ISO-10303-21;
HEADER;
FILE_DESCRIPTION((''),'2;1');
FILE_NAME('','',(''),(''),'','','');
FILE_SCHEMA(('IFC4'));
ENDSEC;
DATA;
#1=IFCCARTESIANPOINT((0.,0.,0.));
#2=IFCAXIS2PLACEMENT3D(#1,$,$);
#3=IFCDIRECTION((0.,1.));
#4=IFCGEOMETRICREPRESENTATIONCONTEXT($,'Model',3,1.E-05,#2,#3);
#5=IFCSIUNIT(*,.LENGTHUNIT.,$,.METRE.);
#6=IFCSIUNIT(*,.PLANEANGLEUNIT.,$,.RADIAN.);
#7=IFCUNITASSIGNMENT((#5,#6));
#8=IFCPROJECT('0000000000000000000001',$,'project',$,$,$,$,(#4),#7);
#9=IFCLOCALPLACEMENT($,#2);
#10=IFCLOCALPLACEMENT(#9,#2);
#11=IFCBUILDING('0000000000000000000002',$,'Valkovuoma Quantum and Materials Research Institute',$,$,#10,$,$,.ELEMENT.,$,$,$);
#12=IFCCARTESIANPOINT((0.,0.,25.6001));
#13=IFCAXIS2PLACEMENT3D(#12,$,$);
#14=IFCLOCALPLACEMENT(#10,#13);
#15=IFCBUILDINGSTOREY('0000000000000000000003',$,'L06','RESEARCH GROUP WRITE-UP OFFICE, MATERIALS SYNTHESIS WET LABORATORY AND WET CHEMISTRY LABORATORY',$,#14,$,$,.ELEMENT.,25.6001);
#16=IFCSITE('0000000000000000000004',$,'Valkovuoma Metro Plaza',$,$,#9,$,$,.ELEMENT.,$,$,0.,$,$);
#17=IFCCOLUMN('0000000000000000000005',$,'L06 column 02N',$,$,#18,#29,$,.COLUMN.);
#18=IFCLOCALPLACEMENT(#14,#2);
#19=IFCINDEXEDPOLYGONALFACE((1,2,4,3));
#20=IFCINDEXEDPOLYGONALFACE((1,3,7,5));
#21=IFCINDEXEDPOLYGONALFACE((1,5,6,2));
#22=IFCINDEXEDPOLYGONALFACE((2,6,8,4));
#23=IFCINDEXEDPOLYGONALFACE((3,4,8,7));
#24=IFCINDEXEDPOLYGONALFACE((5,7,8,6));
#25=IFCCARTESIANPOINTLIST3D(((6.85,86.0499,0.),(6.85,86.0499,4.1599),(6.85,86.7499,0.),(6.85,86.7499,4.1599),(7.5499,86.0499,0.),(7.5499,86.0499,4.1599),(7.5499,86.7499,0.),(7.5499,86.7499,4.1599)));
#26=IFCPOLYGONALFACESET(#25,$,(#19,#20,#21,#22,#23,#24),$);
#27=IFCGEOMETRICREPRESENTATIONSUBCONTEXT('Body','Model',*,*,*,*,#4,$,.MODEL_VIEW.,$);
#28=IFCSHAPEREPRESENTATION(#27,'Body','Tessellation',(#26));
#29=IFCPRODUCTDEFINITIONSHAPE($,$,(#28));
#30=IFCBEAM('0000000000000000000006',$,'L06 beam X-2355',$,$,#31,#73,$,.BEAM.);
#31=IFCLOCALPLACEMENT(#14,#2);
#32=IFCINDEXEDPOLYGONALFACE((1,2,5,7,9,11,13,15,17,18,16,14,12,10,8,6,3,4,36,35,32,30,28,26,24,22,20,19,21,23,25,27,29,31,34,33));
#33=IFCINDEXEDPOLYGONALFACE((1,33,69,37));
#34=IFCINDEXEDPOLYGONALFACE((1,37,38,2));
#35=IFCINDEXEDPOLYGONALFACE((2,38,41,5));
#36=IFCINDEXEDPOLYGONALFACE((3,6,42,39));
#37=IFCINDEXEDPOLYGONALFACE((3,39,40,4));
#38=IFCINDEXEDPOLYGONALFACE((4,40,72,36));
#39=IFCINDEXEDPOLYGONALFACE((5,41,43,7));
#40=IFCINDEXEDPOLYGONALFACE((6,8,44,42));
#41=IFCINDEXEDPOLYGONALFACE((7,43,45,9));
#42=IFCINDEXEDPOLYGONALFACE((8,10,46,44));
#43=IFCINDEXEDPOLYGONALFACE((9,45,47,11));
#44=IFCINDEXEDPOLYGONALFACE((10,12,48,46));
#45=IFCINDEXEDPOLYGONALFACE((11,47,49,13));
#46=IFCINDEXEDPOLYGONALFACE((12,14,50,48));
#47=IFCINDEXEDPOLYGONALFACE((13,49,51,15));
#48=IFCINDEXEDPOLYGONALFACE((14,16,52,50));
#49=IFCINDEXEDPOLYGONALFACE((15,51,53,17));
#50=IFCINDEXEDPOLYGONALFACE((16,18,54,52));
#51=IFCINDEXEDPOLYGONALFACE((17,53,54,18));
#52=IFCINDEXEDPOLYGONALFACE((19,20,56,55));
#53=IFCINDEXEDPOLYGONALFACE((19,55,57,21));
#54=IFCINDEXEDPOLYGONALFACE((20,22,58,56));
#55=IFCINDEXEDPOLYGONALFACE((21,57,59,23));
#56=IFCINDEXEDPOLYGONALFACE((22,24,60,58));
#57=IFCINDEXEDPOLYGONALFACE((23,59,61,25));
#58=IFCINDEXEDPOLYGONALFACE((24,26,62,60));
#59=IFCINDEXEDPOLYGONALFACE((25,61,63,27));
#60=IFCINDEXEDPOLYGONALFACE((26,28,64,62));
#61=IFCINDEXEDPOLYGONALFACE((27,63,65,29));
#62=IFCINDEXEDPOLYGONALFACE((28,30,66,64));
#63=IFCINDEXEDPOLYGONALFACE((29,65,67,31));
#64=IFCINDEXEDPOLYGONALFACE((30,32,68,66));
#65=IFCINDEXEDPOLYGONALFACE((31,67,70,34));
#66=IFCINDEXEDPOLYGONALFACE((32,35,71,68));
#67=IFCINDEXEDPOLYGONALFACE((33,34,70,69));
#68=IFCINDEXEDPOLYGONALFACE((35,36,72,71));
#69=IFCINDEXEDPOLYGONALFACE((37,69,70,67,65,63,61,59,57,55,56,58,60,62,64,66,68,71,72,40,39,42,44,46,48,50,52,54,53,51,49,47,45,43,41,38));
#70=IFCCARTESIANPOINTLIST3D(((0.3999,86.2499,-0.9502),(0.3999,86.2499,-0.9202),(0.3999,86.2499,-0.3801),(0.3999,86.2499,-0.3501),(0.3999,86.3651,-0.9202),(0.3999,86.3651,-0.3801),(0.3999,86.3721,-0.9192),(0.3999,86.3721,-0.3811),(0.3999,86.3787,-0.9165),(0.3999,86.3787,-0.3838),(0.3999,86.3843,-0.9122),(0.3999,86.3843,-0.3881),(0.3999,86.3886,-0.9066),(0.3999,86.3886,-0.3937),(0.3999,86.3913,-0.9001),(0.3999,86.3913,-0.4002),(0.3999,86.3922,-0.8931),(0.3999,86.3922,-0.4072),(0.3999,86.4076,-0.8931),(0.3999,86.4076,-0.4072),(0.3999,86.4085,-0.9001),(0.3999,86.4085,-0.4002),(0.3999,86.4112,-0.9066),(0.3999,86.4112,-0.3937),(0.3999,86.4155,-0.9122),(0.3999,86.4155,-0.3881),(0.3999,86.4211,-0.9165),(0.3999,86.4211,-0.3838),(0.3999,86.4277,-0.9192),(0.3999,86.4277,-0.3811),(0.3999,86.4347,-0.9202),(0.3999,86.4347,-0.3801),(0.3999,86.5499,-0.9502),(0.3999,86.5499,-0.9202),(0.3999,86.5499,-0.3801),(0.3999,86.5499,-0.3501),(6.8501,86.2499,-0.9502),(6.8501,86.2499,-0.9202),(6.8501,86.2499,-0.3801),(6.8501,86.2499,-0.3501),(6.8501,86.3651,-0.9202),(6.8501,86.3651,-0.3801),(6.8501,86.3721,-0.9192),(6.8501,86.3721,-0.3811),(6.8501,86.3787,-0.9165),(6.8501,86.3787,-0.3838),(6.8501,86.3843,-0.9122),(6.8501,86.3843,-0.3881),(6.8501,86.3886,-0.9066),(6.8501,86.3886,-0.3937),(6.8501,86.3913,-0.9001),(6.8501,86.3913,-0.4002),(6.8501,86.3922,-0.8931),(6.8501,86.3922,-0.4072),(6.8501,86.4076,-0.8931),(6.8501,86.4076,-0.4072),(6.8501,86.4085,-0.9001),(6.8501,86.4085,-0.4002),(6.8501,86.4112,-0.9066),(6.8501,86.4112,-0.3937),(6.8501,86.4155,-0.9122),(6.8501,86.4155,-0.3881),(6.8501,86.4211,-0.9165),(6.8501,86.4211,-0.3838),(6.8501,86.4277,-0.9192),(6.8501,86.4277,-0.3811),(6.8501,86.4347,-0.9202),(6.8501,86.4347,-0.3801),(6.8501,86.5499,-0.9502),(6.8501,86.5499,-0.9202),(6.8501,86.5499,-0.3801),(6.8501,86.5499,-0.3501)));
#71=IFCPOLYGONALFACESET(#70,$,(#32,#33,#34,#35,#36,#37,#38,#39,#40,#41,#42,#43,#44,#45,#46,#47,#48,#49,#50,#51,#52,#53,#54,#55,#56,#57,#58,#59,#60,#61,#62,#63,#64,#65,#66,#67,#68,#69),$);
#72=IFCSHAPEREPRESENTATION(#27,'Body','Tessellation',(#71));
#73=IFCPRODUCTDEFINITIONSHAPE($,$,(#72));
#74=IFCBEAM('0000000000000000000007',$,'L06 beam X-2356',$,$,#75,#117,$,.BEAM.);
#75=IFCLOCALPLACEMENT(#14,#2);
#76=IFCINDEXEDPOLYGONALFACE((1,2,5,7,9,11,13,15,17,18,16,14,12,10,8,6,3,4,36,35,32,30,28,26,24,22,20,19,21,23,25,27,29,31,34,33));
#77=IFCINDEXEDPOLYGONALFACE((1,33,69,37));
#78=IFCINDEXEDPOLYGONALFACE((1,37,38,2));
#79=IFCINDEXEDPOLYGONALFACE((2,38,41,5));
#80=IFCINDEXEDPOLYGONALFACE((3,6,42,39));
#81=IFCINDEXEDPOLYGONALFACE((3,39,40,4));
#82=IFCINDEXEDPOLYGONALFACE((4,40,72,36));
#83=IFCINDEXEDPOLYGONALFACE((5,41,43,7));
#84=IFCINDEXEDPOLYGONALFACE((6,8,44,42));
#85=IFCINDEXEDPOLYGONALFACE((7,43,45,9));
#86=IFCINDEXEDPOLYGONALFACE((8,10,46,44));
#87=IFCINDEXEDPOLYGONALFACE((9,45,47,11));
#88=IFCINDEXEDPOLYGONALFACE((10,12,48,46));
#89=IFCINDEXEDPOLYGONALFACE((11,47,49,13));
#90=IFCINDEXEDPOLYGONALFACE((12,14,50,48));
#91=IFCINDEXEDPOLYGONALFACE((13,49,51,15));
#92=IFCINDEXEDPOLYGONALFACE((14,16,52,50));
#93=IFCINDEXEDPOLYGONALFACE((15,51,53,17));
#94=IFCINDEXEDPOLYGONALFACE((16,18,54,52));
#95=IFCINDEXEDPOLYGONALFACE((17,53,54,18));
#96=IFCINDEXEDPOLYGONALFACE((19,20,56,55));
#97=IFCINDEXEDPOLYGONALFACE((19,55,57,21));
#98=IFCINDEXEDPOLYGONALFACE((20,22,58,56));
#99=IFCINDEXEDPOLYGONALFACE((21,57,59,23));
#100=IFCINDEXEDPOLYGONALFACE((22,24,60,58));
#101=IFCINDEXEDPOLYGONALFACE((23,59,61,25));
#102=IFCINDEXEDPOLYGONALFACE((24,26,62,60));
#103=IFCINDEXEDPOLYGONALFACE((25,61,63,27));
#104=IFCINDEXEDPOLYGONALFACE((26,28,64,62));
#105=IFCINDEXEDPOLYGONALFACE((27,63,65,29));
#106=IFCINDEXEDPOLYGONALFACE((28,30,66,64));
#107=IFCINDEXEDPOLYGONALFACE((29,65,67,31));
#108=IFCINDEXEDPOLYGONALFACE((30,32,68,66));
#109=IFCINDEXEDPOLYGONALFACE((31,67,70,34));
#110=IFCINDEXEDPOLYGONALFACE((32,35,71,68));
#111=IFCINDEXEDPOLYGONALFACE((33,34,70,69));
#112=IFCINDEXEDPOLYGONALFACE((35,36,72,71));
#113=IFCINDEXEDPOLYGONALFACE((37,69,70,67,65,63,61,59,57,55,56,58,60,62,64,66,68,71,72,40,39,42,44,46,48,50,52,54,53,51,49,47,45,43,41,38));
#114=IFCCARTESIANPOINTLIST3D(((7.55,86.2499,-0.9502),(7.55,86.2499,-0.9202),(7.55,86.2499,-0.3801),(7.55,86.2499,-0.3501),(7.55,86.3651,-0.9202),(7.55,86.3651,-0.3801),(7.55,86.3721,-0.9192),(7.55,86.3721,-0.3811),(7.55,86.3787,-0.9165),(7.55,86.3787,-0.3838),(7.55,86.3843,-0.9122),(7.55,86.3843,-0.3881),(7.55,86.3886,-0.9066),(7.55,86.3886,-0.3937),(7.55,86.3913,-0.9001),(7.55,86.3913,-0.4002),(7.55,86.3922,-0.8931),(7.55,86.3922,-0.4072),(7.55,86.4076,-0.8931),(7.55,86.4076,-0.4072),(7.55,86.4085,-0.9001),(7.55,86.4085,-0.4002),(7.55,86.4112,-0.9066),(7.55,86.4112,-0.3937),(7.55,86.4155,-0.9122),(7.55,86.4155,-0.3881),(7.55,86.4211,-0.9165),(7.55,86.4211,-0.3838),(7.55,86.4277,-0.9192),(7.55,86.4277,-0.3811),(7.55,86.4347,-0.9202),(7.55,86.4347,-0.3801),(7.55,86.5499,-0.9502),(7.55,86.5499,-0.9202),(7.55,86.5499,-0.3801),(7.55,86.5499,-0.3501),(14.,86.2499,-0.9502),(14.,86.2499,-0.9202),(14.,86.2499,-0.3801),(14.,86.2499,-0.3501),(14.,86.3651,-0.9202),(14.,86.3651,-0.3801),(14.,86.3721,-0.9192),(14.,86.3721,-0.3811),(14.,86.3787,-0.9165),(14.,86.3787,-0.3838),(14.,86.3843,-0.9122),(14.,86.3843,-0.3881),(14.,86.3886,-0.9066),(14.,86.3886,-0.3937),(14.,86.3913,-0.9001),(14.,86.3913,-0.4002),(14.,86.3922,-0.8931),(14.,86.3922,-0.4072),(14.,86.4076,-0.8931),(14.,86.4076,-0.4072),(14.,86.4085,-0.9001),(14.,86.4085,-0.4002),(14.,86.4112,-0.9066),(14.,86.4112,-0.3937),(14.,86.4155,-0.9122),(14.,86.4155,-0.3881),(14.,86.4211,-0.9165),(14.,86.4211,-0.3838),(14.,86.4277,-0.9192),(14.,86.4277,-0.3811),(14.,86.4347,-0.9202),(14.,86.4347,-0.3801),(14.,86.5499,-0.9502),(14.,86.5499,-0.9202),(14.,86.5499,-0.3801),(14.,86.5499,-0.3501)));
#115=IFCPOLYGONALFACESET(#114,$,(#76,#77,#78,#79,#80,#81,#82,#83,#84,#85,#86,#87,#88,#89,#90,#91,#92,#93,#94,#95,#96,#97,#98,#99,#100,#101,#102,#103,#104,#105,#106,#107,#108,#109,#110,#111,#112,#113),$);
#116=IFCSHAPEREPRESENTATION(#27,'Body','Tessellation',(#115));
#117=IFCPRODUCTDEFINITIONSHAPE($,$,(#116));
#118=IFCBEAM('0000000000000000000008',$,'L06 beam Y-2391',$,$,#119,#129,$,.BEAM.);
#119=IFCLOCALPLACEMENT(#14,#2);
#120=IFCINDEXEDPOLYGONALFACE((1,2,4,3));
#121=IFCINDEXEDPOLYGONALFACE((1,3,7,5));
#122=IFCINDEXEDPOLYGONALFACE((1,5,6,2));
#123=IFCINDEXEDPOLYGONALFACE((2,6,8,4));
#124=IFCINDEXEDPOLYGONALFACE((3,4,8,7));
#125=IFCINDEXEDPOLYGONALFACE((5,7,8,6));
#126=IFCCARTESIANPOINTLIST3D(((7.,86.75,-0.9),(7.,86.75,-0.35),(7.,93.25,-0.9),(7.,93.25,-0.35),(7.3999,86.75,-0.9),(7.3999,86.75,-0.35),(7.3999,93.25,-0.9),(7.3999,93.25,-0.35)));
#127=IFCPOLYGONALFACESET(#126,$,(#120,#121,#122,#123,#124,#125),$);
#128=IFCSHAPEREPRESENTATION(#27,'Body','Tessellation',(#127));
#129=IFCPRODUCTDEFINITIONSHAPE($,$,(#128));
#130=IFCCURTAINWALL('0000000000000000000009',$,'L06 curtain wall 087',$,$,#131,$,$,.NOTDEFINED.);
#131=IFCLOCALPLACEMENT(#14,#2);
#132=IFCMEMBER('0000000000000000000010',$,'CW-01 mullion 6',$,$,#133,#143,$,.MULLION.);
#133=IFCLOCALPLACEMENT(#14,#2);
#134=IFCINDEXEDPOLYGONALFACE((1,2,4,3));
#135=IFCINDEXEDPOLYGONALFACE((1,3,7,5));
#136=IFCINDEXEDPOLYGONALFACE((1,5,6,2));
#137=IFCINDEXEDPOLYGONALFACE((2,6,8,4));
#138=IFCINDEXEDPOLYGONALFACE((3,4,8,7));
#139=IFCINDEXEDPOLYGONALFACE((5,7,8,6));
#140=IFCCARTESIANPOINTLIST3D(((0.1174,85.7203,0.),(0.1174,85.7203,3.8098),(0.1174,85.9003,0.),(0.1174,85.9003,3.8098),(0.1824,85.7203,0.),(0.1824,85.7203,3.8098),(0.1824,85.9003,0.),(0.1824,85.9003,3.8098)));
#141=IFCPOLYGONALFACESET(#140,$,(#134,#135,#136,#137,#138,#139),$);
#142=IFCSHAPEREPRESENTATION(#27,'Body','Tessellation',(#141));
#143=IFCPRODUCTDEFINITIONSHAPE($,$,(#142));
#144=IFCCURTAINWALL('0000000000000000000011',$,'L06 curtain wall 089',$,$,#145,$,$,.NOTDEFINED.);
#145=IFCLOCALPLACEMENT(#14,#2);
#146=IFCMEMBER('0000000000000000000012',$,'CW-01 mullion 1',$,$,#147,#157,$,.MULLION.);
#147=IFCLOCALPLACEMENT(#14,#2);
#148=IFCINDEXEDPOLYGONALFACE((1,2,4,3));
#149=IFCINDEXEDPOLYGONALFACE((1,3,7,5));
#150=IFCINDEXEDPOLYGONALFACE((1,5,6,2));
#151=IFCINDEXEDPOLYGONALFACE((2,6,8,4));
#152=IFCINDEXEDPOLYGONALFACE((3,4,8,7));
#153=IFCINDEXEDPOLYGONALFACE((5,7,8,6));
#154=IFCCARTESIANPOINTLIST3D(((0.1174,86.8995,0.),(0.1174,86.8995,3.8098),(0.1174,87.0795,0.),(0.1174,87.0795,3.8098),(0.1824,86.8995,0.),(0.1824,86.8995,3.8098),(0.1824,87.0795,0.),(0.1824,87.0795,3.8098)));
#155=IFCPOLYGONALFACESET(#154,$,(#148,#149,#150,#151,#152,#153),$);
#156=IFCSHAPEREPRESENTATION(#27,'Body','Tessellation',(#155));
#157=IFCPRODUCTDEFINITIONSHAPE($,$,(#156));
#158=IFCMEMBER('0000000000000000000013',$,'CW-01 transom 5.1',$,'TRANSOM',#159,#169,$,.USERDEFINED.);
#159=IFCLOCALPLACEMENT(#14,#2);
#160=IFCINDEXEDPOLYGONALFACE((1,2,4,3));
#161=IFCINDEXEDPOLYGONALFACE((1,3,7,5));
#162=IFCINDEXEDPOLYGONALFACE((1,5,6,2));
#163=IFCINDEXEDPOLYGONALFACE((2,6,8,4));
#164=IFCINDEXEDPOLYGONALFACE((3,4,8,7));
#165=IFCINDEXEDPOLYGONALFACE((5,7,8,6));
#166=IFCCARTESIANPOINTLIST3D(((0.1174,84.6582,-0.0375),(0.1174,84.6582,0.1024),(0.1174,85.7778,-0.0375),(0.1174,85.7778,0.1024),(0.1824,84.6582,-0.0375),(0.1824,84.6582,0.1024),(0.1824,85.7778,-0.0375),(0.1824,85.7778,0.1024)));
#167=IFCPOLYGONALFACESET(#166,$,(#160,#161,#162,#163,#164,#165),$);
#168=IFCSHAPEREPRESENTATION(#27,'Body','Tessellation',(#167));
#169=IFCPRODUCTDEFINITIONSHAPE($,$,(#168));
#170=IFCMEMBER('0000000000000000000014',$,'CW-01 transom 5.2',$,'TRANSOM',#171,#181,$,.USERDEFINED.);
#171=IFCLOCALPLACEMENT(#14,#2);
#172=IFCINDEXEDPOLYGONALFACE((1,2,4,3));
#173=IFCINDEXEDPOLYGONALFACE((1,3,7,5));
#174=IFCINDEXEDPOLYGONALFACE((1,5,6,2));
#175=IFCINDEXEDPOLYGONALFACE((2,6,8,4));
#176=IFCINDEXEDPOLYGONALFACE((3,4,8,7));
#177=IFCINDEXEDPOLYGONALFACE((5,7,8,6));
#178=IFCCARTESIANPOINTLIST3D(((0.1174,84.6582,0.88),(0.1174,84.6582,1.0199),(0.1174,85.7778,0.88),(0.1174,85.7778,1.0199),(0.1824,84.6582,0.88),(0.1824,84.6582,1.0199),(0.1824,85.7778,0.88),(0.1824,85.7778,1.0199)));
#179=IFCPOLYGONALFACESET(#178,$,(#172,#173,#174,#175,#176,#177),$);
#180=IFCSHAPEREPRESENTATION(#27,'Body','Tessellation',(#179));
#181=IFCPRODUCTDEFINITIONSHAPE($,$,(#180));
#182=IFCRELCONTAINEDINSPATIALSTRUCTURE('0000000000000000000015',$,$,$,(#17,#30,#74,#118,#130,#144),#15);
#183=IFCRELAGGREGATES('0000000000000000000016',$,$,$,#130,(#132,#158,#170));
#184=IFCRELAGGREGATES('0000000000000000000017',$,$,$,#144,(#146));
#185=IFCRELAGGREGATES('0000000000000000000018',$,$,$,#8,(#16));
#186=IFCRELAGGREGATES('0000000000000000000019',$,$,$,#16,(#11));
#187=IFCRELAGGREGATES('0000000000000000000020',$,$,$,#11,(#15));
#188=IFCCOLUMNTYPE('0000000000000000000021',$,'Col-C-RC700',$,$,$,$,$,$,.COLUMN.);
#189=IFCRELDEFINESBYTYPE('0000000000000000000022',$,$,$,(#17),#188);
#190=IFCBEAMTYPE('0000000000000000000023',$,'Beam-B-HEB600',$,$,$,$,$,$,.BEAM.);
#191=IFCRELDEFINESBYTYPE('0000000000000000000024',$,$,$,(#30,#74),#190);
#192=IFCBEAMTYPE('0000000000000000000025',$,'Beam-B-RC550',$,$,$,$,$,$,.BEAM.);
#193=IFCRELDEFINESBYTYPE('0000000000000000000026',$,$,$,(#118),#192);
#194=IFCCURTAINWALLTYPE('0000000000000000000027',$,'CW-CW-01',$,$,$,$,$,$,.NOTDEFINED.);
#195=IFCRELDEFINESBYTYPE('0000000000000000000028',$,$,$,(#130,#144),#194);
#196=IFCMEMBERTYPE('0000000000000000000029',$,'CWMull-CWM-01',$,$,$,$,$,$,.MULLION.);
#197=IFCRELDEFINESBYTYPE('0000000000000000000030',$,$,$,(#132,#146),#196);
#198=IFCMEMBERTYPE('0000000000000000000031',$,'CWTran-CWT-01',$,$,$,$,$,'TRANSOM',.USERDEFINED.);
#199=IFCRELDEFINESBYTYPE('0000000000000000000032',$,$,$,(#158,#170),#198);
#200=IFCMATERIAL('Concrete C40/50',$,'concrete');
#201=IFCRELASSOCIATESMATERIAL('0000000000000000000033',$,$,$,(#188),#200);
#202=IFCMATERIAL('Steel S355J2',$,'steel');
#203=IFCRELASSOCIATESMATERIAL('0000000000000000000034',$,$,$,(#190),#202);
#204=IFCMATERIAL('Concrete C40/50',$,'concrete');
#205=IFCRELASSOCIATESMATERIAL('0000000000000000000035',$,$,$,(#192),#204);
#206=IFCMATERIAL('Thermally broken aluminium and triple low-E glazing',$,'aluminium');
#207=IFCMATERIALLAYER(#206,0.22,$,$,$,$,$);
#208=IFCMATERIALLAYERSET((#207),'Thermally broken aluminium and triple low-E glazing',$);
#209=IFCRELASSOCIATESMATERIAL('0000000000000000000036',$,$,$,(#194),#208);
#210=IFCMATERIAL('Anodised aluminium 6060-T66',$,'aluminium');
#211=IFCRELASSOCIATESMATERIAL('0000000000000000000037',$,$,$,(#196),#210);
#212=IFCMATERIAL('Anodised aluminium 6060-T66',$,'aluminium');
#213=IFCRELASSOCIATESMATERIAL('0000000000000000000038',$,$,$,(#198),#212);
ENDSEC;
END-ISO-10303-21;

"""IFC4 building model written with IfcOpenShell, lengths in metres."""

from ifc_helpers import new_model, si_unit, direction, frame, origin, origin_2d, place, context, subcontext, project, spatial, rectangle, i_section, extrude, material, layer, layer_set, material_profile, profile_set, type_object, element, aggregate, save


model = new_model("IFC4")

# Units and contexts
model_context = context("Model", 3, precision=1e-05, world=origin(), true_north=direction((0.0, 1.0)))
body_context = subcontext(model_context, "Body", "Model", "MODEL_VIEW")
ifc_project = project(units=[si_unit("LENGTHUNIT", "METRE"), si_unit("PLANEANGLEUNIT", "RADIAN")], contexts=[model_context])

# Site, building, storey
site_placement = place(None, origin())
site = spatial("IfcSite", under=ifc_project, at=site_placement, Name="Valkovuoma Metro Plaza", CompositionType="ELEMENT", RefElevation=0.0)
building_placement = place(site_placement, origin())
building = spatial("IfcBuilding", under=site, at=building_placement, Name="Valkovuoma Quantum and Materials Research Institute", CompositionType="ELEMENT")
storey_placement = place(building_placement, frame((0.0, 0.0, 25.6001)))
storey = spatial("IfcBuildingStorey", under=building, at=storey_placement, Name="L06", Description="RESEARCH GROUP WRITE-UP OFFICE, MATERIALS SYNTHESIS WET LABORATORY AND WET CHEMISTRY LABORATORY", CompositionType="ELEMENT", Elevation=25.6001)

# Column
ifc_material_1 = material(Name="Concrete C40/50", Category="concrete")
ifc_material_profile_1 = material_profile(ifc_material_1, rectangle(XDim=0.7, YDim=0.7, at=origin_2d()), Name="Concrete C40/50")
ifc_profile_set_1 = profile_set([ifc_material_profile_1], Name="Concrete C40/50")
column_type = type_object("IfcColumnType", Name="Col-C-RC700", PredefinedType="COLUMN", material=ifc_profile_set_1)
column_placement = place(storey_placement, frame((7.2, 86.3999, 0.0), z_axis=(0.0, 0.0, 1.0), x_axis=(1.0, 0.0, 0.0)))
element("IfcColumn", 1, at=column_placement, inside=storey, type_object=column_type, Name="L06 column 02N", PredefinedType="COLUMN", context=body_context, shape_type="SweptSolid", body=[
    extrude(rectangle(XDim=0.7, YDim=0.7, at=origin_2d()), origin(), (0.0, 0.0, 1.0), 4.1599),
])

# Beams
ifc_material_2 = material(Name="Steel S355J2", Category="steel")
ifc_material_profile_2 = material_profile(ifc_material_2, i_section(OverallWidth=0.3, OverallDepth=0.6001, WebThickness=0.0154, FlangeThickness=0.03, FilletRadius=0.0271, at=origin_2d()), Name="Steel S355J2")
ifc_profile_set_2 = profile_set([ifc_material_profile_2], Name="Steel S355J2")
beam_type_1 = type_object("IfcBeamType", Name="Beam-B-HEB600", PredefinedType="BEAM", material=ifc_profile_set_2)
beam_1_placement = place(storey_placement, frame((0.3999, 86.3999, -0.6501), z_axis=(1.0, 0.0, 0.0), x_axis=(0.0, 1.0, 0.0)))
element("IfcBeam", 2, at=beam_1_placement, inside=storey, type_object=beam_type_1, Name="L06 beam X-2355", PredefinedType="BEAM", context=body_context, shape_type="SweptSolid", body=[
    extrude(i_section(OverallWidth=0.3, OverallDepth=0.6001, WebThickness=0.0154, FlangeThickness=0.03, FilletRadius=0.0271, at=origin_2d()), origin(), (0.0, 0.0, 1.0), 6.4502),
])
beam_2_placement = place(storey_placement, frame((7.55, 86.3999, -0.6501), z_axis=(1.0, 0.0, 0.0), x_axis=(0.0, 1.0, 0.0)))
element("IfcBeam", 3, at=beam_2_placement, inside=storey, type_object=beam_type_1, Name="L06 beam X-2356", PredefinedType="BEAM", context=body_context, shape_type="SweptSolid", body=[
    extrude(i_section(OverallWidth=0.3, OverallDepth=0.6001, WebThickness=0.0154, FlangeThickness=0.03, FilletRadius=0.0271, at=origin_2d()), origin(), (0.0, 0.0, 1.0), 6.45),
])
ifc_material_3 = material(Name="Concrete C40/50", Category="concrete")
ifc_material_profile_3 = material_profile(ifc_material_3, rectangle(XDim=0.3999, YDim=0.55, at=origin_2d()), Name="Concrete C40/50")
ifc_profile_set_3 = profile_set([ifc_material_profile_3], Name="Concrete C40/50")
beam_type_2 = type_object("IfcBeamType", Name="Beam-B-RC550", PredefinedType="BEAM", material=ifc_profile_set_3)
beam_3_placement = place(storey_placement, frame((7.2, 86.75, -0.625), z_axis=(0.0, 1.0, 0.0), x_axis=(-1.0, 0.0, 0.0)))
element("IfcBeam", 4, at=beam_3_placement, inside=storey, type_object=beam_type_2, Name="L06 beam Y-2391", PredefinedType="BEAM", context=body_context, shape_type="SweptSolid", body=[
    extrude(rectangle(XDim=0.3999, YDim=0.55, at=origin_2d()), origin(), (0.0, 0.0, 1.0), 6.5),
])

# Curtain walls, members
ifc_material_4 = material(Name="Thermally broken aluminium and triple low-E glazing", Category="aluminium")
ifc_layer_1 = layer(ifc_material_4, 0.22)
ifc_layer_set_1 = layer_set([ifc_layer_1], Name="Thermally broken aluminium and triple low-E glazing")
curtain_wall_type = type_object("IfcCurtainWallType", Name="CW-CW-01", PredefinedType="NOTDEFINED", material=ifc_layer_set_1)
curtain_wall_1_placement = place(storey_placement, origin())
curtain_wall_1 = element("IfcCurtainWall", 5, at=curtain_wall_1_placement, inside=storey, type_object=curtain_wall_type, Name="L06 curtain wall 087", PredefinedType="NOTDEFINED")
ifc_material_5 = material(Name="Anodised aluminium 6060-T66", Category="aluminium")
ifc_material_profile_4 = material_profile(ifc_material_5, rectangle(XDim=0.0649, YDim=0.1799, at=origin_2d()), Name="Anodised aluminium 6060-T66")
ifc_profile_set_4 = profile_set([ifc_material_profile_4], Name="Anodised aluminium 6060-T66")
member_type_1 = type_object("IfcMemberType", Name="CWMull-CWM-01", PredefinedType="MULLION", material=ifc_profile_set_4)
member_1_placement = place(storey_placement, frame((0.1499, 85.8103, 0.0), z_axis=(0.0, 0.0, 1.0), x_axis=(-1.0, 0.0, 0.0)))
member_1 = element("IfcMember", 6, at=member_1_placement, type_object=member_type_1, Name="CW-01 mullion 6", PredefinedType="MULLION", context=body_context, shape_type="SweptSolid", body=[
    extrude(rectangle(XDim=0.0649, YDim=0.1799, at=origin_2d()), origin(), (0.0, 0.0, 1.0), 3.8098),
])
curtain_wall_2_placement = place(storey_placement, origin())
curtain_wall_2 = element("IfcCurtainWall", 7, at=curtain_wall_2_placement, inside=storey, type_object=curtain_wall_type, Name="L06 curtain wall 089", PredefinedType="NOTDEFINED")
member_2_placement = place(storey_placement, frame((0.1499, 86.9895, 0.0), z_axis=(0.0, 0.0, 1.0), x_axis=(-1.0, 0.0, 0.0)))
member_2 = element("IfcMember", 8, at=member_2_placement, type_object=member_type_1, Name="CW-01 mullion 1", PredefinedType="MULLION", context=body_context, shape_type="SweptSolid", body=[
    extrude(rectangle(XDim=0.0649, YDim=0.1799, at=origin_2d()), origin(), (0.0, 0.0, 1.0), 3.8098),
])

# Members
ifc_material_6 = material(Name="Anodised aluminium 6060-T66", Category="aluminium")
ifc_material_profile_5 = material_profile(ifc_material_6, rectangle(XDim=0.0649, YDim=0.1399, at=origin_2d()), Name="Anodised aluminium 6060-T66")
ifc_profile_set_5 = profile_set([ifc_material_profile_5], Name="Anodised aluminium 6060-T66")
member_type_2 = type_object("IfcMemberType", Name="CWTran-CWT-01", ElementType="TRANSOM", PredefinedType="USERDEFINED", material=ifc_profile_set_5)
member_3_placement = place(storey_placement, frame((0.1499, 84.6582, 0.0325), z_axis=(0.0, 1.0, 0.0), x_axis=(-1.0, 0.0, 0.0)))
member_3 = element("IfcMember", 9, at=member_3_placement, type_object=member_type_2, Name="CW-01 transom 5.1", ObjectType="TRANSOM", PredefinedType="USERDEFINED", context=body_context, shape_type="SweptSolid", body=[
    extrude(rectangle(XDim=0.0649, YDim=0.1399, at=origin_2d()), origin(), (0.0, 0.0, 1.0), 1.1196),
])
member_4_placement = place(storey_placement, frame((0.1499, 84.6582, 0.95), z_axis=(0.0, 1.0, 0.0), x_axis=(-1.0, 0.0, 0.0)))
member_4 = element("IfcMember", 10, at=member_4_placement, type_object=member_type_2, Name="CW-01 transom 5.2", ObjectType="TRANSOM", PredefinedType="USERDEFINED", context=body_context, shape_type="SweptSolid", body=[
    extrude(rectangle(XDim=0.0649, YDim=0.1399, at=origin_2d()), origin(), (0.0, 0.0, 1.0), 1.1196),
])

aggregate(curtain_wall_1, [member_1, member_3, member_4])
aggregate(curtain_wall_2, [member_2])

save(model, "model.ifc")
